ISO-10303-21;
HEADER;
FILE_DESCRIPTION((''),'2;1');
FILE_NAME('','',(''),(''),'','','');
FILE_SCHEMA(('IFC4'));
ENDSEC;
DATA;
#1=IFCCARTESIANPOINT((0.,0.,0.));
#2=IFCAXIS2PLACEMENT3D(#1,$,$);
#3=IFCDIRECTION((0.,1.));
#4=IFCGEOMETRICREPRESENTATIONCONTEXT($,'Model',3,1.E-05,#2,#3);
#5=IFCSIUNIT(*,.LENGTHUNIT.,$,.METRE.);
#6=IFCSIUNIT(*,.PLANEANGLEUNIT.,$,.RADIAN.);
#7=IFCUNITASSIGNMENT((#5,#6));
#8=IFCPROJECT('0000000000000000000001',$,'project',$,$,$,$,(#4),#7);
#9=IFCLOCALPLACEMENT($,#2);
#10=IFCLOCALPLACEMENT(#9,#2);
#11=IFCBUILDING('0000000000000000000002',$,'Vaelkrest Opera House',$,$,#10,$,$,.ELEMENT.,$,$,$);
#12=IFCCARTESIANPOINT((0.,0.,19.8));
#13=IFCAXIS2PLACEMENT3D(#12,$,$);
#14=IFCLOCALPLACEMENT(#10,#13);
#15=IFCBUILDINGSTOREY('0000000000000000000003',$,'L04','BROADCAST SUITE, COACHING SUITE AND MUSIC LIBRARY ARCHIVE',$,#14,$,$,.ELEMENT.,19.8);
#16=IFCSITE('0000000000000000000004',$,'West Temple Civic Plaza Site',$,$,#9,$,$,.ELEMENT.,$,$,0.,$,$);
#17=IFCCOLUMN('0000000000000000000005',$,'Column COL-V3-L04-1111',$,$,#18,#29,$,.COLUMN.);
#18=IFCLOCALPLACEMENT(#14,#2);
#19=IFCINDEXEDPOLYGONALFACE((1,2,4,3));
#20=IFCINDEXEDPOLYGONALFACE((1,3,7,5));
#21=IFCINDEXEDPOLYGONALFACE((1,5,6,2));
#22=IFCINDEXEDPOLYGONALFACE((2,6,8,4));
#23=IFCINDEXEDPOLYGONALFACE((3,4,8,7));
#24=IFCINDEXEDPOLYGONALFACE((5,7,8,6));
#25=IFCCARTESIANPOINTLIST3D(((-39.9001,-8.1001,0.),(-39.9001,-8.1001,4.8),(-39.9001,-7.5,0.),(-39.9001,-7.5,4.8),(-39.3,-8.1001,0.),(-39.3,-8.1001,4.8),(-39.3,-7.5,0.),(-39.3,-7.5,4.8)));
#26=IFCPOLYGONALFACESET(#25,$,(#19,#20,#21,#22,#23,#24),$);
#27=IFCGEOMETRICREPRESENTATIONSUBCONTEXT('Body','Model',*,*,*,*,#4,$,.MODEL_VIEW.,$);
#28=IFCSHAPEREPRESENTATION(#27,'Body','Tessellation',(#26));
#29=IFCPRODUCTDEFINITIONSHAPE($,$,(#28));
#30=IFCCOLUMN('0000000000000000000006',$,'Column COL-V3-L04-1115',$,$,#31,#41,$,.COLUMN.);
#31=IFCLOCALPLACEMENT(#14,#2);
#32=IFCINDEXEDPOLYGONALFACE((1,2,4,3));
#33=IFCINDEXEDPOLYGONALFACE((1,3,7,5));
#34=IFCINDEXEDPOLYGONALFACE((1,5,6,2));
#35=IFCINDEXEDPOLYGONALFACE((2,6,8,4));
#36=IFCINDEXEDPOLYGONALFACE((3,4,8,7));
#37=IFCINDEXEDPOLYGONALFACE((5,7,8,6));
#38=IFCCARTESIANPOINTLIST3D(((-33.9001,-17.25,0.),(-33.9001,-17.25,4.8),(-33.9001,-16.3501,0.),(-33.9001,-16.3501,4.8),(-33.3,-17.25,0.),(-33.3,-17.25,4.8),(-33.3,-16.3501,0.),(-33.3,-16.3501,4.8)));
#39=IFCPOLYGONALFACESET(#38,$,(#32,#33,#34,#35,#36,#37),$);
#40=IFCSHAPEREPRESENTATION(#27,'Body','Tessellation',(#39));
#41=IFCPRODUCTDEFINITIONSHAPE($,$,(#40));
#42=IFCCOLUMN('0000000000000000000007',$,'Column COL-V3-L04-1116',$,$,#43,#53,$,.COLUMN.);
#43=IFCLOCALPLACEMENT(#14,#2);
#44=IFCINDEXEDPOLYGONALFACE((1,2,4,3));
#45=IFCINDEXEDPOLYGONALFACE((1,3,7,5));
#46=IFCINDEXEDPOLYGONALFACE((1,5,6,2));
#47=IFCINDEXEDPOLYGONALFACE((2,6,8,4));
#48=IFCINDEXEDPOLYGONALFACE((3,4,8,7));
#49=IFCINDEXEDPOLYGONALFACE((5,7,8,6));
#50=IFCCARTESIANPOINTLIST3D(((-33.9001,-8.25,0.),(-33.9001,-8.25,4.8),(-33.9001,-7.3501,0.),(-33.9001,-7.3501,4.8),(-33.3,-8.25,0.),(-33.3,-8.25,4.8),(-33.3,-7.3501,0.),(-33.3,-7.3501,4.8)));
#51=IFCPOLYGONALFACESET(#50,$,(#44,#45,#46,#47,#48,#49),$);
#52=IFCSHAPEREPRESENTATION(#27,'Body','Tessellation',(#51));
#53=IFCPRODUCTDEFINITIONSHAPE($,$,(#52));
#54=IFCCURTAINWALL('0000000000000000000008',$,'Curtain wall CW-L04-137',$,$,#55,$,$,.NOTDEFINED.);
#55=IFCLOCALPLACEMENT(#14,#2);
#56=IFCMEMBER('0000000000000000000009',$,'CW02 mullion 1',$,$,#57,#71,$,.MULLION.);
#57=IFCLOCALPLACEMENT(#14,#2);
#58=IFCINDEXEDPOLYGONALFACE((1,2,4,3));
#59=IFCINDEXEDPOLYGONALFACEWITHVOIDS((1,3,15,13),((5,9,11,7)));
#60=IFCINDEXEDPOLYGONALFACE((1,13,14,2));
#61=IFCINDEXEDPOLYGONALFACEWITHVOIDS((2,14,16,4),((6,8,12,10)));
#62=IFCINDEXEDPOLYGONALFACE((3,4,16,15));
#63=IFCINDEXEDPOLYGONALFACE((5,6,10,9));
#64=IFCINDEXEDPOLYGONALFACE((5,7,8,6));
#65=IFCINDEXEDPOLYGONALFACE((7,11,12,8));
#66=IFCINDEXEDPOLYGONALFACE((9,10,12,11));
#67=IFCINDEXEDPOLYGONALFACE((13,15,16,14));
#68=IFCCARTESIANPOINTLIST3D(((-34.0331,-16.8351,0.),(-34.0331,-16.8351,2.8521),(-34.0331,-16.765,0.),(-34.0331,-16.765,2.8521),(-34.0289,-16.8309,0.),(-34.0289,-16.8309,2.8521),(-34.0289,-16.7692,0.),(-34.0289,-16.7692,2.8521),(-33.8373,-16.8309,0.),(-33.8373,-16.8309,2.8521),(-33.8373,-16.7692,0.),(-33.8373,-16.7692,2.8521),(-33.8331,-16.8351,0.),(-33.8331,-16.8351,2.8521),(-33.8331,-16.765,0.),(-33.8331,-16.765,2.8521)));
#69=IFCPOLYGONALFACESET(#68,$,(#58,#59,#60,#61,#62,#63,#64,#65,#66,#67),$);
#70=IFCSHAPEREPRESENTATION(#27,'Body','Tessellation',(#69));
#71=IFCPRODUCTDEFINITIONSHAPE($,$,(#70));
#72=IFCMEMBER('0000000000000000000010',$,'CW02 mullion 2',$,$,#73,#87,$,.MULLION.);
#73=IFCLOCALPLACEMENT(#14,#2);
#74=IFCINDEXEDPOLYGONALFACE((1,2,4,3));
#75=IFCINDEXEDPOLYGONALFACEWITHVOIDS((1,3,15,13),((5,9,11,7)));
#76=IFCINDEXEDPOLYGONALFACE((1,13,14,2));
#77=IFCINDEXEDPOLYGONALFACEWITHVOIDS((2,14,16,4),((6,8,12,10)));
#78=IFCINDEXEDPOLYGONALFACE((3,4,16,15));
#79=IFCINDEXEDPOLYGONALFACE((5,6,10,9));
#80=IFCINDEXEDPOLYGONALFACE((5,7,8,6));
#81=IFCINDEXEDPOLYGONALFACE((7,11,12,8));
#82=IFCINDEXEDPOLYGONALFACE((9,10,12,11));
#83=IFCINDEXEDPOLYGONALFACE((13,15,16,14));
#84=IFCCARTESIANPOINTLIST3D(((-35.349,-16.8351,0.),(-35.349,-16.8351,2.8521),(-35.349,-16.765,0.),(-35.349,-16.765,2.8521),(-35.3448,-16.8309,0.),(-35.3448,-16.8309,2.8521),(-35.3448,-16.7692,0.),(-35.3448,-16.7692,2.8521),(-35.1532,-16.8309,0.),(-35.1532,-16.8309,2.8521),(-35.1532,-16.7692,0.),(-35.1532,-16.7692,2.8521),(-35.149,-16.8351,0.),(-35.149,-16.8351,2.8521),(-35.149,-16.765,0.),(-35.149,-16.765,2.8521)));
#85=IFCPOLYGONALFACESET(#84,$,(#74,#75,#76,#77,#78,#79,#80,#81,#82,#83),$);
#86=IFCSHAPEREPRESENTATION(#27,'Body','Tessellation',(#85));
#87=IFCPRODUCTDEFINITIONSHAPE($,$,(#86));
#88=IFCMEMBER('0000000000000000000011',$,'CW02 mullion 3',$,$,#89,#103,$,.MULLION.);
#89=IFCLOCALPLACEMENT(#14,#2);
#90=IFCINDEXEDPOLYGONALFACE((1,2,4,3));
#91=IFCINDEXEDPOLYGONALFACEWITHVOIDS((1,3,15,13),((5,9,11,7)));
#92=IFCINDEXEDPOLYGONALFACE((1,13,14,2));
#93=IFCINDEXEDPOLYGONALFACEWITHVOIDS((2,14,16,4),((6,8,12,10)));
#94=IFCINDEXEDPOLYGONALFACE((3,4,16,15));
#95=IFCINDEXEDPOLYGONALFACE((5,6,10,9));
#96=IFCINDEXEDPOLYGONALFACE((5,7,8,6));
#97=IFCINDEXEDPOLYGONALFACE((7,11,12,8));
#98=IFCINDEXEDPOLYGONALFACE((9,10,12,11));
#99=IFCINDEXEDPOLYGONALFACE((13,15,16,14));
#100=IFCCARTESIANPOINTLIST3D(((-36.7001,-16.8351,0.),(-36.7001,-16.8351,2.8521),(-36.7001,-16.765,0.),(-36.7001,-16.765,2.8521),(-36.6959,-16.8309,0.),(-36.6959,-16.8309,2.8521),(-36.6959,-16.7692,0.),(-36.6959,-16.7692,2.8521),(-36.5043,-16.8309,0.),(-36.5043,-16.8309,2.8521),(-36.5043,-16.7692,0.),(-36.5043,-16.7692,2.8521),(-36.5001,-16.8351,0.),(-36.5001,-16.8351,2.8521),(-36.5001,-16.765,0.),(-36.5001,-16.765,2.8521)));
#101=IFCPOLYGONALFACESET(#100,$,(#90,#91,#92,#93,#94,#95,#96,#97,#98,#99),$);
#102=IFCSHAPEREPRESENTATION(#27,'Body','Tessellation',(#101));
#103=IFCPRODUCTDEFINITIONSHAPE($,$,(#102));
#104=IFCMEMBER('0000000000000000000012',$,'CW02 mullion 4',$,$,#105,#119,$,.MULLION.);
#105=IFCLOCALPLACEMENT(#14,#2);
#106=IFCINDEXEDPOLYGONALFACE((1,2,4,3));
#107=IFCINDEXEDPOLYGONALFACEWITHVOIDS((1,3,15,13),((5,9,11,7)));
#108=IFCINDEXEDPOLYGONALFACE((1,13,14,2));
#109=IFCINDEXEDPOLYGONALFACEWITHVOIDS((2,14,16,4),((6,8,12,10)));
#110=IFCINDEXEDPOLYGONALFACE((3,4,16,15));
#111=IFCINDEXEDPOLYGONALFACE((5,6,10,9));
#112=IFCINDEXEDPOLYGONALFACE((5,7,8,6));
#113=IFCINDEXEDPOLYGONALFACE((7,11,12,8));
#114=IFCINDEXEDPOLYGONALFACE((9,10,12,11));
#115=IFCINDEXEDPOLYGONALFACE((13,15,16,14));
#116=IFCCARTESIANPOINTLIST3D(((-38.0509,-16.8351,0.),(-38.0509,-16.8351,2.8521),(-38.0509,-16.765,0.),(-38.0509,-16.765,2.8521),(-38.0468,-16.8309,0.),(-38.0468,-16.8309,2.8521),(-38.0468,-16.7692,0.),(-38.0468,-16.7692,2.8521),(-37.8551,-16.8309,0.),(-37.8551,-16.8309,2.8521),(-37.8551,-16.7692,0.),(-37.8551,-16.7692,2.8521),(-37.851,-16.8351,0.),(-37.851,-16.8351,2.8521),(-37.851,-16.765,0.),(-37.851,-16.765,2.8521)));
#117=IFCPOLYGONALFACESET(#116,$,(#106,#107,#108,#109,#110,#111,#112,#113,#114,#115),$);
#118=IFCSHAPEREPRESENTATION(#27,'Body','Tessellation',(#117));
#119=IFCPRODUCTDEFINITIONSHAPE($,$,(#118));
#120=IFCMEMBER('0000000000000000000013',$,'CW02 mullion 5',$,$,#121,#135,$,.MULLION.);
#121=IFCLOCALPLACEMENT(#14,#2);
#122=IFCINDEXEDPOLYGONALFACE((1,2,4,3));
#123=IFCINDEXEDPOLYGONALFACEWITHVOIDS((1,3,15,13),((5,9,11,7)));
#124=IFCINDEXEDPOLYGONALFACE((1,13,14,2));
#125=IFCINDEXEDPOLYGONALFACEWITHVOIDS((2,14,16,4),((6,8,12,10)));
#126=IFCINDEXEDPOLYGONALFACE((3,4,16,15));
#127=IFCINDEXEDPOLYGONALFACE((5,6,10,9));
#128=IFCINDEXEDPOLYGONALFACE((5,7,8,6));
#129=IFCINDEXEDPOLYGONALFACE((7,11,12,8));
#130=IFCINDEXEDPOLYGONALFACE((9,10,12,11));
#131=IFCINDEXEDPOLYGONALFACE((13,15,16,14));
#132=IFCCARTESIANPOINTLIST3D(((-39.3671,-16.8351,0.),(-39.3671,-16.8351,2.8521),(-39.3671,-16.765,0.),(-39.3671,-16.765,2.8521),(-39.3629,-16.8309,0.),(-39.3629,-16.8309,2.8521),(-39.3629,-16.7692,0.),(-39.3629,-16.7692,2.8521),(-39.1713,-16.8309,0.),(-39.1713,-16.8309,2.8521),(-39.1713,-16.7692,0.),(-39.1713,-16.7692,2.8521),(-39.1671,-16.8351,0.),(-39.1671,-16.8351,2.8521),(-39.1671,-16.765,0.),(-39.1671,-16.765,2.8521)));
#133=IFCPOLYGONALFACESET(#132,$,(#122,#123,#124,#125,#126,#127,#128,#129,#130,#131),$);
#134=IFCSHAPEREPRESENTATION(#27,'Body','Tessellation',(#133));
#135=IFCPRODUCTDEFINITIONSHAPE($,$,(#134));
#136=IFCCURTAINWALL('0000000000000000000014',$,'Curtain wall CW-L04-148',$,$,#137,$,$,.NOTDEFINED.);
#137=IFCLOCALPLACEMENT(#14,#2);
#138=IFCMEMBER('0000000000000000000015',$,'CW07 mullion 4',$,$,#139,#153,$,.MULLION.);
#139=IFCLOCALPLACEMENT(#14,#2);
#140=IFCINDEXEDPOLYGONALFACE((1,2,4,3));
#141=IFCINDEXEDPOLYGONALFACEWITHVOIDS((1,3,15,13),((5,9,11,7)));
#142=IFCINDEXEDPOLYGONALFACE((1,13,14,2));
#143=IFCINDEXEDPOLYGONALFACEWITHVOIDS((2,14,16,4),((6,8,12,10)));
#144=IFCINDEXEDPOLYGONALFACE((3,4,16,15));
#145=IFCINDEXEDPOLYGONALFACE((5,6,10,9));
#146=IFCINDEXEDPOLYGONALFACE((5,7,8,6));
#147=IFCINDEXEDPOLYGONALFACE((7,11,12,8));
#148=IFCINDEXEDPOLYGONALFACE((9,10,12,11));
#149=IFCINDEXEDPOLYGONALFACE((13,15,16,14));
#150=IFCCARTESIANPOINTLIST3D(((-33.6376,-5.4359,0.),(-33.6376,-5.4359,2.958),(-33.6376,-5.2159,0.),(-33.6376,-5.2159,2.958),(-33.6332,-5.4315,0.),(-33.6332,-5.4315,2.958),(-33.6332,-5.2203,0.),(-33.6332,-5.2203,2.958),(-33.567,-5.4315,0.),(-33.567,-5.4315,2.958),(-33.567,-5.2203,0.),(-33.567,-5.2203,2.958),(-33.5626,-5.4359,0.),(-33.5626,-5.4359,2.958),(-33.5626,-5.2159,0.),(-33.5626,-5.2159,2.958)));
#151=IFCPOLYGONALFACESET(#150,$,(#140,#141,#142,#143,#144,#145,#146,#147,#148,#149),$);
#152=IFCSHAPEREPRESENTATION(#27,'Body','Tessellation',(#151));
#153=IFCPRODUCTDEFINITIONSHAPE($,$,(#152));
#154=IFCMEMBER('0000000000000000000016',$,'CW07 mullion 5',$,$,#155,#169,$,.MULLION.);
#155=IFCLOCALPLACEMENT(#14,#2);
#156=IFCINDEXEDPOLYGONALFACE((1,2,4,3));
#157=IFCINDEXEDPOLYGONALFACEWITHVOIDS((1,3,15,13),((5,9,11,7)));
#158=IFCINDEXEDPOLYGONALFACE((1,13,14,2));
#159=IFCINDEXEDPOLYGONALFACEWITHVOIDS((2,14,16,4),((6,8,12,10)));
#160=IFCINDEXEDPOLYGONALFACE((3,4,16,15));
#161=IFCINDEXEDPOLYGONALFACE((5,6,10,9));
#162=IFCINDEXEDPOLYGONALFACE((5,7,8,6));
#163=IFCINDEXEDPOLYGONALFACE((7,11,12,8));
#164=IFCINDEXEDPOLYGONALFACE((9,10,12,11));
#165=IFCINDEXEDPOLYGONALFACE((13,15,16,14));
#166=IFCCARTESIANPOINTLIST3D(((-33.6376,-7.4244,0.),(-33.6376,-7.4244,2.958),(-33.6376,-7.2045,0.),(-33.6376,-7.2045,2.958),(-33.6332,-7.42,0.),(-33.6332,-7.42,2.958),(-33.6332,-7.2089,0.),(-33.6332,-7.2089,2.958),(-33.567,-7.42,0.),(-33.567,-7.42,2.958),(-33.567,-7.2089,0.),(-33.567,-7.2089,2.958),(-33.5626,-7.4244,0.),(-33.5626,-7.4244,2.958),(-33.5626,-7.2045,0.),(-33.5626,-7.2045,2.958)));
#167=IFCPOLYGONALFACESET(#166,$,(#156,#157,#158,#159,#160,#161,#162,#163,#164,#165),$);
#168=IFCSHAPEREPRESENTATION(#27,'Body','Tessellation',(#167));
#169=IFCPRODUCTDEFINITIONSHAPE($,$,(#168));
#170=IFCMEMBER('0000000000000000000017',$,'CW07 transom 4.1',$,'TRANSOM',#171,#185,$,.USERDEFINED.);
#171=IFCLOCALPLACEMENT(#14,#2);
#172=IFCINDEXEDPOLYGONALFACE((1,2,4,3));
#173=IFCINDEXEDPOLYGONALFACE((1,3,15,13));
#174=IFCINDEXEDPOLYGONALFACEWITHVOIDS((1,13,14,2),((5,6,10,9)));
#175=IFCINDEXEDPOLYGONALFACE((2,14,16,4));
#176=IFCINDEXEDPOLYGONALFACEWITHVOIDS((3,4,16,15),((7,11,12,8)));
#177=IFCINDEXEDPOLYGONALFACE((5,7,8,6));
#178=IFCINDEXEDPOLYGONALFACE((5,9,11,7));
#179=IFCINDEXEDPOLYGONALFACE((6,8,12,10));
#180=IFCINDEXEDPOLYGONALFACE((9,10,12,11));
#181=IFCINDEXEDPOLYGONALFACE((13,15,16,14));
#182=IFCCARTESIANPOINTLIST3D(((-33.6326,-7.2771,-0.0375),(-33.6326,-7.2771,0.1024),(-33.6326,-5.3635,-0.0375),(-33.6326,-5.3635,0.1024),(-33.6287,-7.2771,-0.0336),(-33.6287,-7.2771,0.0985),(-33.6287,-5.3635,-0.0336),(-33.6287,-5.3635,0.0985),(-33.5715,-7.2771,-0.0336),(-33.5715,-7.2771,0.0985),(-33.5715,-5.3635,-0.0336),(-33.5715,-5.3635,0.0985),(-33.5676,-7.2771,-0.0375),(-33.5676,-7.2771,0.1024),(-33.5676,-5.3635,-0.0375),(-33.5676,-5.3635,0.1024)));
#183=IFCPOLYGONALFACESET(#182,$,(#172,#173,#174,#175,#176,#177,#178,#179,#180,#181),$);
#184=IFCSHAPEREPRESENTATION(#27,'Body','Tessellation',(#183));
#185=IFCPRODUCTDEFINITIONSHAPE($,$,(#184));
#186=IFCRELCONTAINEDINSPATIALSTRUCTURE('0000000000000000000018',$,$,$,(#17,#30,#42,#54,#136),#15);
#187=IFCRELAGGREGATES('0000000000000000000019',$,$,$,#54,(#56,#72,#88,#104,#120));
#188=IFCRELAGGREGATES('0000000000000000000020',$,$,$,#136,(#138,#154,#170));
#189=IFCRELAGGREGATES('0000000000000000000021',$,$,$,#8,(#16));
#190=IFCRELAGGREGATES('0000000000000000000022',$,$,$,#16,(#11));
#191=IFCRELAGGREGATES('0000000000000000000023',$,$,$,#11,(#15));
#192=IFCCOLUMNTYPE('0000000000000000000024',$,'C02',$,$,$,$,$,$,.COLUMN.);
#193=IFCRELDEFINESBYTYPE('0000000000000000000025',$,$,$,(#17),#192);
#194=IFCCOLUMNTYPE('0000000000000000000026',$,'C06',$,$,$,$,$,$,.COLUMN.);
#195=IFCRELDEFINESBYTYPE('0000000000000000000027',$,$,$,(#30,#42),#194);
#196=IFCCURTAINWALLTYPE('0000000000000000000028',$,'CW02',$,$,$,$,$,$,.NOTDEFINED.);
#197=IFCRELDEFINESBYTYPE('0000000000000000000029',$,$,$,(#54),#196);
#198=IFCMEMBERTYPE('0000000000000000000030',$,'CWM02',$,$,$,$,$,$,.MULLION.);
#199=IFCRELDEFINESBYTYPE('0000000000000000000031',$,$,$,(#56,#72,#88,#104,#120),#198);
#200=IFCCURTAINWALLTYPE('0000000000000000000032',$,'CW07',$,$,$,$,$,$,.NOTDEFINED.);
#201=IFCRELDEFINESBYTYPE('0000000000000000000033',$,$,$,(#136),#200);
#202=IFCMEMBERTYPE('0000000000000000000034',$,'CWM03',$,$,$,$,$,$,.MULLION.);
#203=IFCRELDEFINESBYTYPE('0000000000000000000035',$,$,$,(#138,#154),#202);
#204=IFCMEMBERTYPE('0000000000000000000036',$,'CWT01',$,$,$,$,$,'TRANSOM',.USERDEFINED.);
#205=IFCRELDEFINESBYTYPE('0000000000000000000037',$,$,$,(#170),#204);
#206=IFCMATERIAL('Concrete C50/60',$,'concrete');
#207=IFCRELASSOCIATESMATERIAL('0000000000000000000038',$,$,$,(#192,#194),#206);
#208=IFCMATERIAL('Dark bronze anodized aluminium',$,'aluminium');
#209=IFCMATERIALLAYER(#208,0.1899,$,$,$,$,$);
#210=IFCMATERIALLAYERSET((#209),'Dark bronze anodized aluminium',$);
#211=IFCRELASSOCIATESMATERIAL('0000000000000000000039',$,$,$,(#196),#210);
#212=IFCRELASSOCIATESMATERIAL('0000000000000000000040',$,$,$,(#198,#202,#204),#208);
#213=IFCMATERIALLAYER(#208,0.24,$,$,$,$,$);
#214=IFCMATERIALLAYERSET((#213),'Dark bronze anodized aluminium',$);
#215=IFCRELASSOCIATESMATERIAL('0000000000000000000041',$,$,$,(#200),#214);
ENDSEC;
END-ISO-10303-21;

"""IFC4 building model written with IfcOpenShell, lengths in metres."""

from ifc_helpers import new_model, si_unit, direction, frame, origin, origin_2d, place, context, subcontext, project, spatial, rectangle, hollow_rectangle, extrude, material, layer, layer_set, material_profile, profile_set, type_object, element, aggregate, save


model = new_model("IFC4")

# Units and contexts
model_context = context("Model", 3, precision=1e-05, world=origin(), true_north=direction((0.0, 1.0)))
body_context = subcontext(model_context, "Body", "Model", "MODEL_VIEW")
ifc_project = project(units=[si_unit("LENGTHUNIT", "METRE"), si_unit("PLANEANGLEUNIT", "RADIAN")], contexts=[model_context])

# Site, building, storey
site_placement = place(None, origin())
site = spatial("IfcSite", under=ifc_project, at=site_placement, Name="West Temple Civic Plaza Site", CompositionType="ELEMENT", RefElevation=0.0)
building_placement = place(site_placement, origin())
building = spatial("IfcBuilding", under=site, at=building_placement, Name="Vaelkrest Opera House", CompositionType="ELEMENT")
storey_placement = place(building_placement, frame((0.0, 0.0, 19.8)))
storey = spatial("IfcBuildingStorey", under=building, at=storey_placement, Name="L04", Description="BROADCAST SUITE, COACHING SUITE AND MUSIC LIBRARY ARCHIVE", CompositionType="ELEMENT", Elevation=19.8)

# Columns
ifc_material_1 = material(Name="Concrete C50/60", Category="concrete")
ifc_material_profile_1 = material_profile(ifc_material_1, rectangle(XDim=0.6001, YDim=0.6001, at=origin_2d()), Name="RC600X600")
ifc_profile_set_1 = profile_set([ifc_material_profile_1], Name="Concrete C50/60")
column_type_1 = type_object("IfcColumnType", Name="C02", PredefinedType="COLUMN", material=ifc_profile_set_1)
column_placement = place(storey_placement, frame((-39.6001, -7.8, 0.0), z_axis=(0.0, 0.0, 1.0), x_axis=(1.0, 0.0, 0.0)))
element("IfcColumn", 1, at=column_placement, inside=storey, type_object=column_type_1, Name="Column COL-V3-L04-1111", PredefinedType="COLUMN", context=body_context, shape_type="SweptSolid", body=[
    extrude(rectangle(XDim=0.6001, YDim=0.6001, at=origin_2d()), origin(), (0.0, 0.0, 1.0), 4.8),
])
ifc_material_profile_2 = material_profile(ifc_material_1, rectangle(XDim=0.6001, YDim=0.8999, at=origin_2d()), Name="RC600X900")
ifc_profile_set_2 = profile_set([ifc_material_profile_2], Name="Concrete C50/60")
column_type_2 = type_object("IfcColumnType", Name="C06", PredefinedType="COLUMN", material=ifc_profile_set_2)
for number, where, z_axis, x_axis, name in (
    (2, (-33.6001, -16.8, 0.0), (0.0, 0.0, 1.0), (1.0, 0.0, 0.0), "Column COL-V3-L04-1115"),
    (3, (-33.6001, -7.8, 0.0), (0.0, 0.0, 1.0), (1.0, 0.0, 0.0), "Column COL-V3-L04-1116"),
):
    element("IfcColumn", number, at=place(storey_placement, frame(where, z_axis=z_axis, x_axis=x_axis)), inside=storey, type_object=column_type_2, Name=name, PredefinedType="COLUMN", context=body_context, shape_type="SweptSolid", body=[
        extrude(rectangle(XDim=0.6001, YDim=0.8999, at=origin_2d()), origin(), (0.0, 0.0, 1.0), 4.8),
    ])

# Curtain walls, members
ifc_material_2 = material(Name="Dark bronze anodized aluminium", Category="aluminium")
ifc_layer_1 = layer(ifc_material_2, 0.1899)
ifc_layer_set_1 = layer_set([ifc_layer_1], Name="Dark bronze anodized aluminium")
curtain_wall_type_1 = type_object("IfcCurtainWallType", Name="CW02", PredefinedType="NOTDEFINED", material=ifc_layer_set_1)
curtain_wall_1_placement = place(storey_placement, origin())
curtain_wall_1 = element("IfcCurtainWall", 4, at=curtain_wall_1_placement, inside=storey, type_object=curtain_wall_type_1, Name="Curtain wall CW-L04-137", PredefinedType="NOTDEFINED")
ifc_material_profile_3 = material_profile(ifc_material_2, hollow_rectangle(XDim=0.0701, YDim=0.2, WallThickness=0.0042, at=origin_2d()), Name="CWM70X200")
ifc_profile_set_3 = profile_set([ifc_material_profile_3], Name="Dark bronze anodized aluminium")
member_type_1 = type_object("IfcMemberType", Name="CWM02", PredefinedType="MULLION", material=ifc_profile_set_3)
member_1_placement = place(storey_placement, frame((-33.9331, -16.8, 0.0), z_axis=(0.0, 0.0, 1.0), x_axis=(0.0, -1.0, 0.0)))
member_1 = element("IfcMember", 5, at=member_1_placement, type_object=member_type_1, Name="CW02 mullion 1", PredefinedType="MULLION", context=body_context, shape_type="SweptSolid", body=[
    extrude(hollow_rectangle(XDim=0.0701, YDim=0.2, WallThickness=0.0042, at=origin_2d()), origin(), (0.0, 0.0, 1.0), 2.8521),
])
member_2_placement = place(storey_placement, frame((-35.249, -16.8, 0.0), z_axis=(0.0, 0.0, 1.0), x_axis=(0.0, -1.0, 0.0)))
member_2 = element("IfcMember", 6, at=member_2_placement, type_object=member_type_1, Name="CW02 mullion 2", PredefinedType="MULLION", context=body_context, shape_type="SweptSolid", body=[
    extrude(hollow_rectangle(XDim=0.0701, YDim=0.2, WallThickness=0.0042, at=origin_2d()), origin(), (0.0, 0.0, 1.0), 2.8521),
])
member_3_placement = place(storey_placement, frame((-36.6001, -16.8, 0.0), z_axis=(0.0, 0.0, 1.0), x_axis=(0.0, -1.0, 0.0)))
member_3 = element("IfcMember", 7, at=member_3_placement, type_object=member_type_1, Name="CW02 mullion 3", PredefinedType="MULLION", context=body_context, shape_type="SweptSolid", body=[
    extrude(hollow_rectangle(XDim=0.0701, YDim=0.2, WallThickness=0.0042, at=origin_2d()), origin(), (0.0, 0.0, 1.0), 2.8521),
])
member_4_placement = place(storey_placement, frame((-37.9509, -16.8, 0.0), z_axis=(0.0, 0.0, 1.0), x_axis=(0.0, -1.0, 0.0)))
member_4 = element("IfcMember", 8, at=member_4_placement, type_object=member_type_1, Name="CW02 mullion 4", PredefinedType="MULLION", context=body_context, shape_type="SweptSolid", body=[
    extrude(hollow_rectangle(XDim=0.0701, YDim=0.2, WallThickness=0.0042, at=origin_2d()), origin(), (0.0, 0.0, 1.0), 2.8521),
])
member_5_placement = place(storey_placement, frame((-39.2671, -16.8, 0.0), z_axis=(0.0, 0.0, 1.0), x_axis=(0.0, -1.0, 0.0)))
member_5 = element("IfcMember", 9, at=member_5_placement, type_object=member_type_1, Name="CW02 mullion 5", PredefinedType="MULLION", context=body_context, shape_type="SweptSolid", body=[
    extrude(hollow_rectangle(XDim=0.0701, YDim=0.2, WallThickness=0.0042, at=origin_2d()), origin(), (0.0, 0.0, 1.0), 2.8521),
])
ifc_layer_2 = layer(ifc_material_2, 0.24)
ifc_layer_set_2 = layer_set([ifc_layer_2], Name="Dark bronze anodized aluminium")
curtain_wall_type_2 = type_object("IfcCurtainWallType", Name="CW07", PredefinedType="NOTDEFINED", material=ifc_layer_set_2)
curtain_wall_2_placement = place(storey_placement, origin())
curtain_wall_2 = element("IfcCurtainWall", 10, at=curtain_wall_2_placement, inside=storey, type_object=curtain_wall_type_2, Name="Curtain wall CW-L04-148", PredefinedType="NOTDEFINED")
ifc_material_profile_4 = material_profile(ifc_material_2, hollow_rectangle(XDim=0.075, YDim=0.22, WallThickness=0.0044, at=origin_2d()), Name="CWM75X220")
ifc_profile_set_4 = profile_set([ifc_material_profile_4], Name="Dark bronze anodized aluminium")
member_type_2 = type_object("IfcMemberType", Name="CWM03", PredefinedType="MULLION", material=ifc_profile_set_4)
member_6_placement = place(storey_placement, frame((-33.6001, -5.3259, 0.0), z_axis=(0.0, 0.0, 1.0), x_axis=(1.0, 0.0, 0.0)))
member_6 = element("IfcMember", 11, at=member_6_placement, type_object=member_type_2, Name="CW07 mullion 4", PredefinedType="MULLION", context=body_context, shape_type="SweptSolid", body=[
    extrude(hollow_rectangle(XDim=0.075, YDim=0.22, WallThickness=0.0044, at=origin_2d()), origin(), (0.0, 0.0, 1.0), 2.958),
])
member_7_placement = place(storey_placement, frame((-33.6001, -7.3145, 0.0), z_axis=(0.0, 0.0, 1.0), x_axis=(1.0, 0.0, 0.0)))
member_7 = element("IfcMember", 12, at=member_7_placement, type_object=member_type_2, Name="CW07 mullion 5", PredefinedType="MULLION", context=body_context, shape_type="SweptSolid", body=[
    extrude(hollow_rectangle(XDim=0.075, YDim=0.22, WallThickness=0.0044, at=origin_2d()), origin(), (0.0, 0.0, 1.0), 2.958),
])
ifc_material_profile_5 = material_profile(ifc_material_2, hollow_rectangle(XDim=0.0649, YDim=0.1399, WallThickness=0.0039, at=origin_2d()), Name="CWT65X140")
ifc_profile_set_5 = profile_set([ifc_material_profile_5], Name="Dark bronze anodized aluminium")
member_type_3 = type_object("IfcMemberType", Name="CWT01", ElementType="TRANSOM", PredefinedType="USERDEFINED", material=ifc_profile_set_5)
member_8_placement = place(storey_placement, frame((-33.6001, -5.3635, 0.0325), z_axis=(0.0, -1.0, 0.0), x_axis=(1.0, 0.0, 0.0)))
member_8 = element("IfcMember", 13, at=member_8_placement, type_object=member_type_3, Name="CW07 transom 4.1", ObjectType="TRANSOM", PredefinedType="USERDEFINED", context=body_context, shape_type="SweptSolid", body=[
    extrude(hollow_rectangle(XDim=0.0649, YDim=0.1399, WallThickness=0.0039, at=origin_2d()), origin(), (0.0, 0.0, 1.0), 1.9136),
])

aggregate(curtain_wall_1, [member_1, member_2, member_3, member_4, member_5])
aggregate(curtain_wall_2, [member_6, member_7, member_8])

save(model, "model.ifc")
